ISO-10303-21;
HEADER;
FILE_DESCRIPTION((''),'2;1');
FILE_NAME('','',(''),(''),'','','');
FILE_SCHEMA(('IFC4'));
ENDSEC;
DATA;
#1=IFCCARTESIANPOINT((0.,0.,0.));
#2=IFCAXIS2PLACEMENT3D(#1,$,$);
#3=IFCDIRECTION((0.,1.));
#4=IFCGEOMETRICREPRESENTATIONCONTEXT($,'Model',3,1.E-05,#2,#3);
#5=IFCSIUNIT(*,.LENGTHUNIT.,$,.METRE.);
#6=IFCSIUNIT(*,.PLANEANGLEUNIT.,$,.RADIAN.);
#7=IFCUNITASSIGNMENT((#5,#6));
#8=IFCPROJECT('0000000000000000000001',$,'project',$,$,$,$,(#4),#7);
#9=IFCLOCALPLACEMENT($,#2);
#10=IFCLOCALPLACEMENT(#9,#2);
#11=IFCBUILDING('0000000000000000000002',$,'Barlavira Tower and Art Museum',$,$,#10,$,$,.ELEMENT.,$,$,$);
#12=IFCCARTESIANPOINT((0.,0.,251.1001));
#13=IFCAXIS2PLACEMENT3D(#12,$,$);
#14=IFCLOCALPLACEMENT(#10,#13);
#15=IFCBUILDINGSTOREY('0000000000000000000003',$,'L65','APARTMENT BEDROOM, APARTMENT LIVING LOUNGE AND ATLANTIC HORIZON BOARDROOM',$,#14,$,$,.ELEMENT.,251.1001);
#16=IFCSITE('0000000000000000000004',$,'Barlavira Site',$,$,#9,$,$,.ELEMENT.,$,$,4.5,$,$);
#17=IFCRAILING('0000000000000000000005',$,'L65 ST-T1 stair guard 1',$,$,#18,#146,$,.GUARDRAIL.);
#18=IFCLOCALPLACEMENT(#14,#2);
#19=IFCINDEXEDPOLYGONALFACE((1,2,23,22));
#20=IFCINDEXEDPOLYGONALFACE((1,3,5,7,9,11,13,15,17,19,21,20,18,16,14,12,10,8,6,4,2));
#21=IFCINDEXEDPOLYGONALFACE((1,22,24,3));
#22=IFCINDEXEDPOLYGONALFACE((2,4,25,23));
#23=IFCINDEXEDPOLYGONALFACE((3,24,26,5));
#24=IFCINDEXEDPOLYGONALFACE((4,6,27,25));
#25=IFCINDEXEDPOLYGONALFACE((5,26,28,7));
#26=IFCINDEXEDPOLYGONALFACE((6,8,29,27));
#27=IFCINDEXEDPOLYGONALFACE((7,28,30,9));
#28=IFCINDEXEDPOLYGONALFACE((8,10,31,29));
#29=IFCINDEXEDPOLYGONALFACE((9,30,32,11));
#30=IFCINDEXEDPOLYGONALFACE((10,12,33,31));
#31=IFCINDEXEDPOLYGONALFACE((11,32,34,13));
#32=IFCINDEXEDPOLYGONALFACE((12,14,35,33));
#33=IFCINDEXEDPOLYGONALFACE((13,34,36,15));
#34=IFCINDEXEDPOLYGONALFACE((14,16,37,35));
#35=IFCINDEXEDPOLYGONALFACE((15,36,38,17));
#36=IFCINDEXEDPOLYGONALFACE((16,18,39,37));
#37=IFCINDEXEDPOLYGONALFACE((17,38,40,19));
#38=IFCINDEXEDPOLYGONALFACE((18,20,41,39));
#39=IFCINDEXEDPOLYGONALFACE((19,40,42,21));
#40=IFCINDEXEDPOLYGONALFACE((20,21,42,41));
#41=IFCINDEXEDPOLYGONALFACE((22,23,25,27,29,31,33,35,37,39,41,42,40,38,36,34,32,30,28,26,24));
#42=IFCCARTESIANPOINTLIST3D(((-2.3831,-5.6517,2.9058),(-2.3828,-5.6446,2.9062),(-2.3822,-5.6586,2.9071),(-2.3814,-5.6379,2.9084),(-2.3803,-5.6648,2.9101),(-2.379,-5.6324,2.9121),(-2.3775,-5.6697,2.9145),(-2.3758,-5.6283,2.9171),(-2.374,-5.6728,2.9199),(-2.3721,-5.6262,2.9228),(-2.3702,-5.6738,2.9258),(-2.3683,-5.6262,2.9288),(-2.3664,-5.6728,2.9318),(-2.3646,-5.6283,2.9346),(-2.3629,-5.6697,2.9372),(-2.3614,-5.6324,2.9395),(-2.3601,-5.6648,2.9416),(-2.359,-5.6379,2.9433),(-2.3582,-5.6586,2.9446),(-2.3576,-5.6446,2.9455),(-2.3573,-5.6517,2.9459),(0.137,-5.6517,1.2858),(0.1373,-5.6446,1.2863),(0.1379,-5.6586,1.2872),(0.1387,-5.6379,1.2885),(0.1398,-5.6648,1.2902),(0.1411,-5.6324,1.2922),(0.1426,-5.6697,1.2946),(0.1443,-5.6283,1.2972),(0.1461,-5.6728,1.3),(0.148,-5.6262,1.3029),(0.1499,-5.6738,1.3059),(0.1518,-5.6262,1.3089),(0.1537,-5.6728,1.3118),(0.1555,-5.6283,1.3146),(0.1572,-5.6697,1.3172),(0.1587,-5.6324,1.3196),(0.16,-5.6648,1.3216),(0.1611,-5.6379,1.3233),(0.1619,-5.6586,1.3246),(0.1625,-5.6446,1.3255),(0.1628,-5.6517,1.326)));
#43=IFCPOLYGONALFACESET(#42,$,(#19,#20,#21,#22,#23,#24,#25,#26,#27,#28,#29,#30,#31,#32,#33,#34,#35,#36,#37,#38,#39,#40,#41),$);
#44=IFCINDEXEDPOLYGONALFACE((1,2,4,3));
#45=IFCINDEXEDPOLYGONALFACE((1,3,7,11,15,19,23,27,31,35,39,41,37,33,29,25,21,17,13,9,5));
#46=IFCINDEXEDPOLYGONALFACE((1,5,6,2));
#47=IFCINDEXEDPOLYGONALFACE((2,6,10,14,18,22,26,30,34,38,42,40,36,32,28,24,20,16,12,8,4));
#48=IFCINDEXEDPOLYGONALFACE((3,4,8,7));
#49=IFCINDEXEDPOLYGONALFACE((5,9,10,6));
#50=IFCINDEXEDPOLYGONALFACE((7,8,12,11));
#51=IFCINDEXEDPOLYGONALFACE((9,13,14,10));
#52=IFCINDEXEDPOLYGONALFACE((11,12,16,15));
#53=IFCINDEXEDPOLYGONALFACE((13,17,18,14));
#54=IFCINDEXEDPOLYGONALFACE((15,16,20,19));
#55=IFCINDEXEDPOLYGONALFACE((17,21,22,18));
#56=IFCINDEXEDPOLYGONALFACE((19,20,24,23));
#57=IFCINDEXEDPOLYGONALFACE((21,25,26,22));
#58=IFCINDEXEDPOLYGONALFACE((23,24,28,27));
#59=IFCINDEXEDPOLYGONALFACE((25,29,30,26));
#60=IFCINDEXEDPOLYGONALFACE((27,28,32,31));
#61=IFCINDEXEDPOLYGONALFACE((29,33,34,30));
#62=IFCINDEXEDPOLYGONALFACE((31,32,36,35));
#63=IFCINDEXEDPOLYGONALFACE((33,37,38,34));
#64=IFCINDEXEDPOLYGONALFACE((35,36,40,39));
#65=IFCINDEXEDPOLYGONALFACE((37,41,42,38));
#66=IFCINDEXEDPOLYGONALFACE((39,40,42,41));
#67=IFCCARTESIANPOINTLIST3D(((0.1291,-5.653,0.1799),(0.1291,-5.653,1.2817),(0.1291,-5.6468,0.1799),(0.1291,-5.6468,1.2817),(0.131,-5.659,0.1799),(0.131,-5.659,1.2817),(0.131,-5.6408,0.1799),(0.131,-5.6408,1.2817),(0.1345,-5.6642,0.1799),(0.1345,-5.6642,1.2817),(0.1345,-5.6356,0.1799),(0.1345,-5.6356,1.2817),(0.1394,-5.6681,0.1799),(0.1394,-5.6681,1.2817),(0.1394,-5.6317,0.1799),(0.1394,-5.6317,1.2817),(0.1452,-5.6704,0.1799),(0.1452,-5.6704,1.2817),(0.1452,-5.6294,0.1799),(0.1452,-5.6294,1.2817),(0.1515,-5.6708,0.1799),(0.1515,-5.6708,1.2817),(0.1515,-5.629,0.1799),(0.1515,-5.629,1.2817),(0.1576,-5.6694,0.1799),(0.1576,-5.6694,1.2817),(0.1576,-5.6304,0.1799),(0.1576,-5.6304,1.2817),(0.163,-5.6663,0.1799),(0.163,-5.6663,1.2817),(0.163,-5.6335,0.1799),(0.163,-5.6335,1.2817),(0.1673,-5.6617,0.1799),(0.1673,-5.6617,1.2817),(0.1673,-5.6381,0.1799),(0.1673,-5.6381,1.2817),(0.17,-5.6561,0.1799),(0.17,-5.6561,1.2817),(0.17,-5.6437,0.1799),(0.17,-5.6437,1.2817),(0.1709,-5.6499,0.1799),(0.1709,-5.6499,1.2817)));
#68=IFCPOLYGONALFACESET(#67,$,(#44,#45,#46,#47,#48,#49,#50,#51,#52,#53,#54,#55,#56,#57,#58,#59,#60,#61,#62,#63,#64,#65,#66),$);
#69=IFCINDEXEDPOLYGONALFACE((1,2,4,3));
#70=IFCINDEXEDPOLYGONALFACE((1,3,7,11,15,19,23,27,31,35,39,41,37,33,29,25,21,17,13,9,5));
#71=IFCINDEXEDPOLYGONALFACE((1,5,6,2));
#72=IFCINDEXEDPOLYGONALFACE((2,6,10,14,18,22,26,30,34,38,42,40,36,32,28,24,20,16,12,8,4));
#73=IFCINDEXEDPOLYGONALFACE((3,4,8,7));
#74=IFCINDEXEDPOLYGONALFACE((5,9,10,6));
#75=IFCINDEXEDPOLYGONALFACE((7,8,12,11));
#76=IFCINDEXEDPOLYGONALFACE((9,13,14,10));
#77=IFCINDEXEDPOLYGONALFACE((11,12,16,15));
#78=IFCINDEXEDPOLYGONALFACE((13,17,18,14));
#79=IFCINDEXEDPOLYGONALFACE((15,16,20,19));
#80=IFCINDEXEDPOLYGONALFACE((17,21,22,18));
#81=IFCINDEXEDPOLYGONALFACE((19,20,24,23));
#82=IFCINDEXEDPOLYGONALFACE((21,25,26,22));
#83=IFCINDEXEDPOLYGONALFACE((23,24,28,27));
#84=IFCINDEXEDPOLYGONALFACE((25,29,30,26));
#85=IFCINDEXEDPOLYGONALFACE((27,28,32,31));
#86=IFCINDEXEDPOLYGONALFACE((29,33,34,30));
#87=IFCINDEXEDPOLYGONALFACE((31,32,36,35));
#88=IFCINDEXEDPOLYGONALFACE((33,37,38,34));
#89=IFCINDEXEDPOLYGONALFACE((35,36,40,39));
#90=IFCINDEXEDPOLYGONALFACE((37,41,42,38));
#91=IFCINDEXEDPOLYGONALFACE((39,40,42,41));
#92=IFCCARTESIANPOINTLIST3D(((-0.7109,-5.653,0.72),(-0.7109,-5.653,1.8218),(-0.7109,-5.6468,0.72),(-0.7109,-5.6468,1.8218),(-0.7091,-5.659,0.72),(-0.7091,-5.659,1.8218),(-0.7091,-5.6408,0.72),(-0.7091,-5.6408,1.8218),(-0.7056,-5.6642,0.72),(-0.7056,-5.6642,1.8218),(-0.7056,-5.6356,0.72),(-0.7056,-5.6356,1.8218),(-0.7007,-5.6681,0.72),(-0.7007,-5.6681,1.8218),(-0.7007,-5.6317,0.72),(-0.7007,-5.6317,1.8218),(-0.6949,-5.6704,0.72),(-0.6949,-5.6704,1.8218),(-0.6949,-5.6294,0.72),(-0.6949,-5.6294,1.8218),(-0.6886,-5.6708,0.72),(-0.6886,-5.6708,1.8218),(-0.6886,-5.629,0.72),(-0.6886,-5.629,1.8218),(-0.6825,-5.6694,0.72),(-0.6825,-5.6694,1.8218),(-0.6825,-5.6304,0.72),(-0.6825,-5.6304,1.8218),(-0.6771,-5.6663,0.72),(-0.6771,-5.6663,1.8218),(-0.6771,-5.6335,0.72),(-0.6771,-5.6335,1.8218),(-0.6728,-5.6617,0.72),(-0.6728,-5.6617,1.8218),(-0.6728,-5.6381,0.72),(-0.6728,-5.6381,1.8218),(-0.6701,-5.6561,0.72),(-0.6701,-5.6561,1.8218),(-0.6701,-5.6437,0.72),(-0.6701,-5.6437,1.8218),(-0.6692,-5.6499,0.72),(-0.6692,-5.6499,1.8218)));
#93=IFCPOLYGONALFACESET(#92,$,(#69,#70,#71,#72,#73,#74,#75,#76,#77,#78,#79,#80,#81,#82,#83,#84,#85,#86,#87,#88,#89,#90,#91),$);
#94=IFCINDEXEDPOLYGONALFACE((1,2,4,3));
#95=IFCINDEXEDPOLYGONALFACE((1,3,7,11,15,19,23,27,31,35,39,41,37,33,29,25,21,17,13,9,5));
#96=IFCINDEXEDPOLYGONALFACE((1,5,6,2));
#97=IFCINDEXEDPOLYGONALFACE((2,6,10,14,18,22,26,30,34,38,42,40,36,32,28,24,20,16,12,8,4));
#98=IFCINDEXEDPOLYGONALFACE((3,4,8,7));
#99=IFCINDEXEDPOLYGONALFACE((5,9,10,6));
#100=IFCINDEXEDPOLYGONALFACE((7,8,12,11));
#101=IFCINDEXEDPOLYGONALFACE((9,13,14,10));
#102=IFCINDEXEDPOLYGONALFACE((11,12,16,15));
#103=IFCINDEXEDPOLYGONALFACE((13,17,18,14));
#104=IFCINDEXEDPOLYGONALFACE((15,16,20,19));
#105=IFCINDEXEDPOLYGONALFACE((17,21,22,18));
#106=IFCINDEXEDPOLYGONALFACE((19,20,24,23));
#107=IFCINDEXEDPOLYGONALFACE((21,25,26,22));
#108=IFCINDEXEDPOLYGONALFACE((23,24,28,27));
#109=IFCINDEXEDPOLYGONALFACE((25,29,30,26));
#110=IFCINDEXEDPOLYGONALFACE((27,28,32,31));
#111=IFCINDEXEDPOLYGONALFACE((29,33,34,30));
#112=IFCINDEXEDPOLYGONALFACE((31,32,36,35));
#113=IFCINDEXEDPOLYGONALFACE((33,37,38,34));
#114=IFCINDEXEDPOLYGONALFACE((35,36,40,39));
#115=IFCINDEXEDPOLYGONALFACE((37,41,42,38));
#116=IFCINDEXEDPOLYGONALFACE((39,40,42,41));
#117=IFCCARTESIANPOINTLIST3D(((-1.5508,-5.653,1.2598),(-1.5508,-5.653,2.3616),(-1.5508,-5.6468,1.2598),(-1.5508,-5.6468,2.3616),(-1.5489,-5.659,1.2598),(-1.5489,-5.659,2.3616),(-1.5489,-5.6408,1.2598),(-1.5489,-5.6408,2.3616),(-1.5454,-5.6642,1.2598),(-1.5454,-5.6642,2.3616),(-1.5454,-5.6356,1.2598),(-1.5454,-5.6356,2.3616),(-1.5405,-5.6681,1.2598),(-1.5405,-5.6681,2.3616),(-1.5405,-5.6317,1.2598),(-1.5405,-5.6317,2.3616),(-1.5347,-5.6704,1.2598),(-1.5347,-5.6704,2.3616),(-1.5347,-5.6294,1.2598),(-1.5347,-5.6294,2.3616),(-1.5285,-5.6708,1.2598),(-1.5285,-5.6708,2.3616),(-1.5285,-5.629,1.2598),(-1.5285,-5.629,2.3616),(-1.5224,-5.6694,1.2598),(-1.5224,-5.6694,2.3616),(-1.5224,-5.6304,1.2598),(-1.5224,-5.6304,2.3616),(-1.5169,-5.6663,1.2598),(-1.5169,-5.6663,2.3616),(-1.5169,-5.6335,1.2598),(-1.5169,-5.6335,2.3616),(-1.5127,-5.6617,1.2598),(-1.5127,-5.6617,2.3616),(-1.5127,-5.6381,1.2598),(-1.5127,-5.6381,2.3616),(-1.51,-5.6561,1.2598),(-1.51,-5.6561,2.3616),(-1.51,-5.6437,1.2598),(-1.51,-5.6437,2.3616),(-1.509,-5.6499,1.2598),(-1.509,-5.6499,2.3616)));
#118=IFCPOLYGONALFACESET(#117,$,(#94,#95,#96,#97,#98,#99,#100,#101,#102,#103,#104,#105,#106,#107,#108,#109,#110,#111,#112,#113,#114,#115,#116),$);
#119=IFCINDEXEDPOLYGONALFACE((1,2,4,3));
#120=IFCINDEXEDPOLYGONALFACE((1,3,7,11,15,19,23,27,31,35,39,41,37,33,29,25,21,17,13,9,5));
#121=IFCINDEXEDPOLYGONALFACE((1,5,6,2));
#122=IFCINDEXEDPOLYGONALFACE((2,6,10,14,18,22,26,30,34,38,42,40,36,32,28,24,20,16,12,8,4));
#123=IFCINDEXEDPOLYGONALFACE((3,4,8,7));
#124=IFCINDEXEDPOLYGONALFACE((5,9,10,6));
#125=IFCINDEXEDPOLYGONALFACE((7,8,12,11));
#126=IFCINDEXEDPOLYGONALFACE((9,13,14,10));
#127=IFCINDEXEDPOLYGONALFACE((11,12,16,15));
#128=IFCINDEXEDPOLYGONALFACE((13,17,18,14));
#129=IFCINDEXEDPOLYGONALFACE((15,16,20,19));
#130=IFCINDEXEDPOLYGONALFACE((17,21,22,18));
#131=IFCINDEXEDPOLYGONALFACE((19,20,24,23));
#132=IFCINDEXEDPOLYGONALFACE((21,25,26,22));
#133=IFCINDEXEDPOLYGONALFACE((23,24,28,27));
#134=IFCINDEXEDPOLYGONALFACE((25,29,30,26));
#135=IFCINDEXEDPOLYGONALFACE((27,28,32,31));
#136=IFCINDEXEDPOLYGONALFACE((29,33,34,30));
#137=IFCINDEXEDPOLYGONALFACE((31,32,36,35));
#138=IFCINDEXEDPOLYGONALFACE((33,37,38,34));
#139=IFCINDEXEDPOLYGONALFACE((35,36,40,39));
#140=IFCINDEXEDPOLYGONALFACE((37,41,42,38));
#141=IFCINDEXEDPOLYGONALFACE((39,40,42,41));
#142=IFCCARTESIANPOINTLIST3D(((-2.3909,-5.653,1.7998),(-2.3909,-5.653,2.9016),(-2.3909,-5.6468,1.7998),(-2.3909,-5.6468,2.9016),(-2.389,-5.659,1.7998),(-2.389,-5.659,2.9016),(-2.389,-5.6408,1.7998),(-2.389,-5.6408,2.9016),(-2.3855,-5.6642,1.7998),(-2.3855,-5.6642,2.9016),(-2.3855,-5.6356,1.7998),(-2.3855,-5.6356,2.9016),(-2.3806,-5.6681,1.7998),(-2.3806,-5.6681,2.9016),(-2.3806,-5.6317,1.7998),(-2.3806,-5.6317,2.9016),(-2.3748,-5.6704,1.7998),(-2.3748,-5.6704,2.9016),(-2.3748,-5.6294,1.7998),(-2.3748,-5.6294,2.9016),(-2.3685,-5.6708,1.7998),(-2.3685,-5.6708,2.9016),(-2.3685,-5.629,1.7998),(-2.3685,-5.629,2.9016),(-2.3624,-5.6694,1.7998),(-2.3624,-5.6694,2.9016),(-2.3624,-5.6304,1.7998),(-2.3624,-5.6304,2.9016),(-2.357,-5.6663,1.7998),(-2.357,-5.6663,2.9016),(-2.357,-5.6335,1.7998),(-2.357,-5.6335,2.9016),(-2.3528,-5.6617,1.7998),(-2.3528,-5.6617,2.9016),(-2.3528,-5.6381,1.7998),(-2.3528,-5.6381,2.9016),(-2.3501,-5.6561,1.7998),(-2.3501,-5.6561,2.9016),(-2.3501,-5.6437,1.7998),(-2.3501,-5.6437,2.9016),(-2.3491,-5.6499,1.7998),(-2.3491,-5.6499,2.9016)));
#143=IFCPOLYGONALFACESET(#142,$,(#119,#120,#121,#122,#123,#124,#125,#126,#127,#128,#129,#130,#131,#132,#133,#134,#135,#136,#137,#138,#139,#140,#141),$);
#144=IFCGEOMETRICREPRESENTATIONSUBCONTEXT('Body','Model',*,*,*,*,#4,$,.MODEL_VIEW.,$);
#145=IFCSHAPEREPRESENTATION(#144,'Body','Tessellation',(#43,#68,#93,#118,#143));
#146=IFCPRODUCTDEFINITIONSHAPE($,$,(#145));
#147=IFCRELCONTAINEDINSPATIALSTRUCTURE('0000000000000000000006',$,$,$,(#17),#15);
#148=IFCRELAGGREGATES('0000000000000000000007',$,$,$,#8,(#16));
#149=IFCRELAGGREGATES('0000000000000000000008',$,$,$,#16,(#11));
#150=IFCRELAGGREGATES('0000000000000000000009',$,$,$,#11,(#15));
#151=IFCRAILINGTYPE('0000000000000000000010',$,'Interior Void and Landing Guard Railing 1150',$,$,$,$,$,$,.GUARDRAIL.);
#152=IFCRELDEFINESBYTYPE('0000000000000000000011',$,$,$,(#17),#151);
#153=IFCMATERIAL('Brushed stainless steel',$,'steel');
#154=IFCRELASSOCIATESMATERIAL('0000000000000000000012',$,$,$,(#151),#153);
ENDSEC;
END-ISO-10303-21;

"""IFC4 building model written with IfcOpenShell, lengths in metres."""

from ifc_helpers import new_model, si_unit, direction, frame, origin, origin_2d, place, context, subcontext, project, spatial, circle, extrude, material, type_object, element, save


model = new_model("IFC4")

# Units and contexts
model_context = context("Model", 3, precision=1e-05, world=origin(), true_north=direction((0.0, 1.0)))
body_context = subcontext(model_context, "Body", "Model", "MODEL_VIEW")
ifc_project = project(units=[si_unit("LENGTHUNIT", "METRE"), si_unit("PLANEANGLEUNIT", "RADIAN")], contexts=[model_context])

# Site, building, storey
site_placement = place(None, origin())
site = spatial("IfcSite", under=ifc_project, at=site_placement, Name="Barlavira Site", CompositionType="ELEMENT", RefElevation=4.5)
building_placement = place(site_placement, origin())
building = spatial("IfcBuilding", under=site, at=building_placement, Name="Barlavira Tower and Art Museum", CompositionType="ELEMENT")
storey_placement = place(building_placement, frame((0.0, 0.0, 251.1001)))
storey = spatial("IfcBuildingStorey", under=building, at=storey_placement, Name="L65", Description="APARTMENT BEDROOM, APARTMENT LIVING LOUNGE AND ATLANTIC HORIZON BOARDROOM", CompositionType="ELEMENT", Elevation=251.1001)

# Shared definitions
ifc_material_1 = material(Name="Brushed stainless steel", Category="steel")

# Railing
railing_type_1 = type_object("IfcRailingType", Name="Interior Void and Landing Guard Railing 1150", PredefinedType="GUARDRAIL", material=ifc_material_1)
railing_1_placement = place(storey_placement, frame((0.1499, -5.6499, 0.1799)))
element("IfcRailing", 1, at=railing_1_placement, inside=storey, type_object=railing_type_1, Name="L65 ST-T1 stair guard 1", PredefinedType="GUARDRAIL", context=body_context, shape_type="SweptSolid", body=[
    extrude(circle(Radius=0.0239, at=origin_2d()), frame((0.0, 0.0, 1.126), z_axis=(-0.8412, 0.0, 0.540725), x_axis=(0.0, -1.0, 0.0)), (0.0, 0.0, 1.0), 2.9958),
    extrude(circle(Radius=0.021, at=origin_2d()), origin(), (0.0, 0.0, 1.0), 1.1018),
    extrude(circle(Radius=0.021, at=origin_2d()), frame((-0.8401, 0.0, 0.54)), (0.0, 0.0, 1.0), 1.1018),
    extrude(circle(Radius=0.021, at=origin_2d()), frame((-1.6799, 0.0, 1.0798)), (0.0, 0.0, 1.0), 1.1018),
    extrude(circle(Radius=0.021, at=origin_2d()), frame((-2.52, 0.0, 1.6199)), (0.0, 0.0, 1.0), 1.1018),
])

save(model, "model.ifc")
